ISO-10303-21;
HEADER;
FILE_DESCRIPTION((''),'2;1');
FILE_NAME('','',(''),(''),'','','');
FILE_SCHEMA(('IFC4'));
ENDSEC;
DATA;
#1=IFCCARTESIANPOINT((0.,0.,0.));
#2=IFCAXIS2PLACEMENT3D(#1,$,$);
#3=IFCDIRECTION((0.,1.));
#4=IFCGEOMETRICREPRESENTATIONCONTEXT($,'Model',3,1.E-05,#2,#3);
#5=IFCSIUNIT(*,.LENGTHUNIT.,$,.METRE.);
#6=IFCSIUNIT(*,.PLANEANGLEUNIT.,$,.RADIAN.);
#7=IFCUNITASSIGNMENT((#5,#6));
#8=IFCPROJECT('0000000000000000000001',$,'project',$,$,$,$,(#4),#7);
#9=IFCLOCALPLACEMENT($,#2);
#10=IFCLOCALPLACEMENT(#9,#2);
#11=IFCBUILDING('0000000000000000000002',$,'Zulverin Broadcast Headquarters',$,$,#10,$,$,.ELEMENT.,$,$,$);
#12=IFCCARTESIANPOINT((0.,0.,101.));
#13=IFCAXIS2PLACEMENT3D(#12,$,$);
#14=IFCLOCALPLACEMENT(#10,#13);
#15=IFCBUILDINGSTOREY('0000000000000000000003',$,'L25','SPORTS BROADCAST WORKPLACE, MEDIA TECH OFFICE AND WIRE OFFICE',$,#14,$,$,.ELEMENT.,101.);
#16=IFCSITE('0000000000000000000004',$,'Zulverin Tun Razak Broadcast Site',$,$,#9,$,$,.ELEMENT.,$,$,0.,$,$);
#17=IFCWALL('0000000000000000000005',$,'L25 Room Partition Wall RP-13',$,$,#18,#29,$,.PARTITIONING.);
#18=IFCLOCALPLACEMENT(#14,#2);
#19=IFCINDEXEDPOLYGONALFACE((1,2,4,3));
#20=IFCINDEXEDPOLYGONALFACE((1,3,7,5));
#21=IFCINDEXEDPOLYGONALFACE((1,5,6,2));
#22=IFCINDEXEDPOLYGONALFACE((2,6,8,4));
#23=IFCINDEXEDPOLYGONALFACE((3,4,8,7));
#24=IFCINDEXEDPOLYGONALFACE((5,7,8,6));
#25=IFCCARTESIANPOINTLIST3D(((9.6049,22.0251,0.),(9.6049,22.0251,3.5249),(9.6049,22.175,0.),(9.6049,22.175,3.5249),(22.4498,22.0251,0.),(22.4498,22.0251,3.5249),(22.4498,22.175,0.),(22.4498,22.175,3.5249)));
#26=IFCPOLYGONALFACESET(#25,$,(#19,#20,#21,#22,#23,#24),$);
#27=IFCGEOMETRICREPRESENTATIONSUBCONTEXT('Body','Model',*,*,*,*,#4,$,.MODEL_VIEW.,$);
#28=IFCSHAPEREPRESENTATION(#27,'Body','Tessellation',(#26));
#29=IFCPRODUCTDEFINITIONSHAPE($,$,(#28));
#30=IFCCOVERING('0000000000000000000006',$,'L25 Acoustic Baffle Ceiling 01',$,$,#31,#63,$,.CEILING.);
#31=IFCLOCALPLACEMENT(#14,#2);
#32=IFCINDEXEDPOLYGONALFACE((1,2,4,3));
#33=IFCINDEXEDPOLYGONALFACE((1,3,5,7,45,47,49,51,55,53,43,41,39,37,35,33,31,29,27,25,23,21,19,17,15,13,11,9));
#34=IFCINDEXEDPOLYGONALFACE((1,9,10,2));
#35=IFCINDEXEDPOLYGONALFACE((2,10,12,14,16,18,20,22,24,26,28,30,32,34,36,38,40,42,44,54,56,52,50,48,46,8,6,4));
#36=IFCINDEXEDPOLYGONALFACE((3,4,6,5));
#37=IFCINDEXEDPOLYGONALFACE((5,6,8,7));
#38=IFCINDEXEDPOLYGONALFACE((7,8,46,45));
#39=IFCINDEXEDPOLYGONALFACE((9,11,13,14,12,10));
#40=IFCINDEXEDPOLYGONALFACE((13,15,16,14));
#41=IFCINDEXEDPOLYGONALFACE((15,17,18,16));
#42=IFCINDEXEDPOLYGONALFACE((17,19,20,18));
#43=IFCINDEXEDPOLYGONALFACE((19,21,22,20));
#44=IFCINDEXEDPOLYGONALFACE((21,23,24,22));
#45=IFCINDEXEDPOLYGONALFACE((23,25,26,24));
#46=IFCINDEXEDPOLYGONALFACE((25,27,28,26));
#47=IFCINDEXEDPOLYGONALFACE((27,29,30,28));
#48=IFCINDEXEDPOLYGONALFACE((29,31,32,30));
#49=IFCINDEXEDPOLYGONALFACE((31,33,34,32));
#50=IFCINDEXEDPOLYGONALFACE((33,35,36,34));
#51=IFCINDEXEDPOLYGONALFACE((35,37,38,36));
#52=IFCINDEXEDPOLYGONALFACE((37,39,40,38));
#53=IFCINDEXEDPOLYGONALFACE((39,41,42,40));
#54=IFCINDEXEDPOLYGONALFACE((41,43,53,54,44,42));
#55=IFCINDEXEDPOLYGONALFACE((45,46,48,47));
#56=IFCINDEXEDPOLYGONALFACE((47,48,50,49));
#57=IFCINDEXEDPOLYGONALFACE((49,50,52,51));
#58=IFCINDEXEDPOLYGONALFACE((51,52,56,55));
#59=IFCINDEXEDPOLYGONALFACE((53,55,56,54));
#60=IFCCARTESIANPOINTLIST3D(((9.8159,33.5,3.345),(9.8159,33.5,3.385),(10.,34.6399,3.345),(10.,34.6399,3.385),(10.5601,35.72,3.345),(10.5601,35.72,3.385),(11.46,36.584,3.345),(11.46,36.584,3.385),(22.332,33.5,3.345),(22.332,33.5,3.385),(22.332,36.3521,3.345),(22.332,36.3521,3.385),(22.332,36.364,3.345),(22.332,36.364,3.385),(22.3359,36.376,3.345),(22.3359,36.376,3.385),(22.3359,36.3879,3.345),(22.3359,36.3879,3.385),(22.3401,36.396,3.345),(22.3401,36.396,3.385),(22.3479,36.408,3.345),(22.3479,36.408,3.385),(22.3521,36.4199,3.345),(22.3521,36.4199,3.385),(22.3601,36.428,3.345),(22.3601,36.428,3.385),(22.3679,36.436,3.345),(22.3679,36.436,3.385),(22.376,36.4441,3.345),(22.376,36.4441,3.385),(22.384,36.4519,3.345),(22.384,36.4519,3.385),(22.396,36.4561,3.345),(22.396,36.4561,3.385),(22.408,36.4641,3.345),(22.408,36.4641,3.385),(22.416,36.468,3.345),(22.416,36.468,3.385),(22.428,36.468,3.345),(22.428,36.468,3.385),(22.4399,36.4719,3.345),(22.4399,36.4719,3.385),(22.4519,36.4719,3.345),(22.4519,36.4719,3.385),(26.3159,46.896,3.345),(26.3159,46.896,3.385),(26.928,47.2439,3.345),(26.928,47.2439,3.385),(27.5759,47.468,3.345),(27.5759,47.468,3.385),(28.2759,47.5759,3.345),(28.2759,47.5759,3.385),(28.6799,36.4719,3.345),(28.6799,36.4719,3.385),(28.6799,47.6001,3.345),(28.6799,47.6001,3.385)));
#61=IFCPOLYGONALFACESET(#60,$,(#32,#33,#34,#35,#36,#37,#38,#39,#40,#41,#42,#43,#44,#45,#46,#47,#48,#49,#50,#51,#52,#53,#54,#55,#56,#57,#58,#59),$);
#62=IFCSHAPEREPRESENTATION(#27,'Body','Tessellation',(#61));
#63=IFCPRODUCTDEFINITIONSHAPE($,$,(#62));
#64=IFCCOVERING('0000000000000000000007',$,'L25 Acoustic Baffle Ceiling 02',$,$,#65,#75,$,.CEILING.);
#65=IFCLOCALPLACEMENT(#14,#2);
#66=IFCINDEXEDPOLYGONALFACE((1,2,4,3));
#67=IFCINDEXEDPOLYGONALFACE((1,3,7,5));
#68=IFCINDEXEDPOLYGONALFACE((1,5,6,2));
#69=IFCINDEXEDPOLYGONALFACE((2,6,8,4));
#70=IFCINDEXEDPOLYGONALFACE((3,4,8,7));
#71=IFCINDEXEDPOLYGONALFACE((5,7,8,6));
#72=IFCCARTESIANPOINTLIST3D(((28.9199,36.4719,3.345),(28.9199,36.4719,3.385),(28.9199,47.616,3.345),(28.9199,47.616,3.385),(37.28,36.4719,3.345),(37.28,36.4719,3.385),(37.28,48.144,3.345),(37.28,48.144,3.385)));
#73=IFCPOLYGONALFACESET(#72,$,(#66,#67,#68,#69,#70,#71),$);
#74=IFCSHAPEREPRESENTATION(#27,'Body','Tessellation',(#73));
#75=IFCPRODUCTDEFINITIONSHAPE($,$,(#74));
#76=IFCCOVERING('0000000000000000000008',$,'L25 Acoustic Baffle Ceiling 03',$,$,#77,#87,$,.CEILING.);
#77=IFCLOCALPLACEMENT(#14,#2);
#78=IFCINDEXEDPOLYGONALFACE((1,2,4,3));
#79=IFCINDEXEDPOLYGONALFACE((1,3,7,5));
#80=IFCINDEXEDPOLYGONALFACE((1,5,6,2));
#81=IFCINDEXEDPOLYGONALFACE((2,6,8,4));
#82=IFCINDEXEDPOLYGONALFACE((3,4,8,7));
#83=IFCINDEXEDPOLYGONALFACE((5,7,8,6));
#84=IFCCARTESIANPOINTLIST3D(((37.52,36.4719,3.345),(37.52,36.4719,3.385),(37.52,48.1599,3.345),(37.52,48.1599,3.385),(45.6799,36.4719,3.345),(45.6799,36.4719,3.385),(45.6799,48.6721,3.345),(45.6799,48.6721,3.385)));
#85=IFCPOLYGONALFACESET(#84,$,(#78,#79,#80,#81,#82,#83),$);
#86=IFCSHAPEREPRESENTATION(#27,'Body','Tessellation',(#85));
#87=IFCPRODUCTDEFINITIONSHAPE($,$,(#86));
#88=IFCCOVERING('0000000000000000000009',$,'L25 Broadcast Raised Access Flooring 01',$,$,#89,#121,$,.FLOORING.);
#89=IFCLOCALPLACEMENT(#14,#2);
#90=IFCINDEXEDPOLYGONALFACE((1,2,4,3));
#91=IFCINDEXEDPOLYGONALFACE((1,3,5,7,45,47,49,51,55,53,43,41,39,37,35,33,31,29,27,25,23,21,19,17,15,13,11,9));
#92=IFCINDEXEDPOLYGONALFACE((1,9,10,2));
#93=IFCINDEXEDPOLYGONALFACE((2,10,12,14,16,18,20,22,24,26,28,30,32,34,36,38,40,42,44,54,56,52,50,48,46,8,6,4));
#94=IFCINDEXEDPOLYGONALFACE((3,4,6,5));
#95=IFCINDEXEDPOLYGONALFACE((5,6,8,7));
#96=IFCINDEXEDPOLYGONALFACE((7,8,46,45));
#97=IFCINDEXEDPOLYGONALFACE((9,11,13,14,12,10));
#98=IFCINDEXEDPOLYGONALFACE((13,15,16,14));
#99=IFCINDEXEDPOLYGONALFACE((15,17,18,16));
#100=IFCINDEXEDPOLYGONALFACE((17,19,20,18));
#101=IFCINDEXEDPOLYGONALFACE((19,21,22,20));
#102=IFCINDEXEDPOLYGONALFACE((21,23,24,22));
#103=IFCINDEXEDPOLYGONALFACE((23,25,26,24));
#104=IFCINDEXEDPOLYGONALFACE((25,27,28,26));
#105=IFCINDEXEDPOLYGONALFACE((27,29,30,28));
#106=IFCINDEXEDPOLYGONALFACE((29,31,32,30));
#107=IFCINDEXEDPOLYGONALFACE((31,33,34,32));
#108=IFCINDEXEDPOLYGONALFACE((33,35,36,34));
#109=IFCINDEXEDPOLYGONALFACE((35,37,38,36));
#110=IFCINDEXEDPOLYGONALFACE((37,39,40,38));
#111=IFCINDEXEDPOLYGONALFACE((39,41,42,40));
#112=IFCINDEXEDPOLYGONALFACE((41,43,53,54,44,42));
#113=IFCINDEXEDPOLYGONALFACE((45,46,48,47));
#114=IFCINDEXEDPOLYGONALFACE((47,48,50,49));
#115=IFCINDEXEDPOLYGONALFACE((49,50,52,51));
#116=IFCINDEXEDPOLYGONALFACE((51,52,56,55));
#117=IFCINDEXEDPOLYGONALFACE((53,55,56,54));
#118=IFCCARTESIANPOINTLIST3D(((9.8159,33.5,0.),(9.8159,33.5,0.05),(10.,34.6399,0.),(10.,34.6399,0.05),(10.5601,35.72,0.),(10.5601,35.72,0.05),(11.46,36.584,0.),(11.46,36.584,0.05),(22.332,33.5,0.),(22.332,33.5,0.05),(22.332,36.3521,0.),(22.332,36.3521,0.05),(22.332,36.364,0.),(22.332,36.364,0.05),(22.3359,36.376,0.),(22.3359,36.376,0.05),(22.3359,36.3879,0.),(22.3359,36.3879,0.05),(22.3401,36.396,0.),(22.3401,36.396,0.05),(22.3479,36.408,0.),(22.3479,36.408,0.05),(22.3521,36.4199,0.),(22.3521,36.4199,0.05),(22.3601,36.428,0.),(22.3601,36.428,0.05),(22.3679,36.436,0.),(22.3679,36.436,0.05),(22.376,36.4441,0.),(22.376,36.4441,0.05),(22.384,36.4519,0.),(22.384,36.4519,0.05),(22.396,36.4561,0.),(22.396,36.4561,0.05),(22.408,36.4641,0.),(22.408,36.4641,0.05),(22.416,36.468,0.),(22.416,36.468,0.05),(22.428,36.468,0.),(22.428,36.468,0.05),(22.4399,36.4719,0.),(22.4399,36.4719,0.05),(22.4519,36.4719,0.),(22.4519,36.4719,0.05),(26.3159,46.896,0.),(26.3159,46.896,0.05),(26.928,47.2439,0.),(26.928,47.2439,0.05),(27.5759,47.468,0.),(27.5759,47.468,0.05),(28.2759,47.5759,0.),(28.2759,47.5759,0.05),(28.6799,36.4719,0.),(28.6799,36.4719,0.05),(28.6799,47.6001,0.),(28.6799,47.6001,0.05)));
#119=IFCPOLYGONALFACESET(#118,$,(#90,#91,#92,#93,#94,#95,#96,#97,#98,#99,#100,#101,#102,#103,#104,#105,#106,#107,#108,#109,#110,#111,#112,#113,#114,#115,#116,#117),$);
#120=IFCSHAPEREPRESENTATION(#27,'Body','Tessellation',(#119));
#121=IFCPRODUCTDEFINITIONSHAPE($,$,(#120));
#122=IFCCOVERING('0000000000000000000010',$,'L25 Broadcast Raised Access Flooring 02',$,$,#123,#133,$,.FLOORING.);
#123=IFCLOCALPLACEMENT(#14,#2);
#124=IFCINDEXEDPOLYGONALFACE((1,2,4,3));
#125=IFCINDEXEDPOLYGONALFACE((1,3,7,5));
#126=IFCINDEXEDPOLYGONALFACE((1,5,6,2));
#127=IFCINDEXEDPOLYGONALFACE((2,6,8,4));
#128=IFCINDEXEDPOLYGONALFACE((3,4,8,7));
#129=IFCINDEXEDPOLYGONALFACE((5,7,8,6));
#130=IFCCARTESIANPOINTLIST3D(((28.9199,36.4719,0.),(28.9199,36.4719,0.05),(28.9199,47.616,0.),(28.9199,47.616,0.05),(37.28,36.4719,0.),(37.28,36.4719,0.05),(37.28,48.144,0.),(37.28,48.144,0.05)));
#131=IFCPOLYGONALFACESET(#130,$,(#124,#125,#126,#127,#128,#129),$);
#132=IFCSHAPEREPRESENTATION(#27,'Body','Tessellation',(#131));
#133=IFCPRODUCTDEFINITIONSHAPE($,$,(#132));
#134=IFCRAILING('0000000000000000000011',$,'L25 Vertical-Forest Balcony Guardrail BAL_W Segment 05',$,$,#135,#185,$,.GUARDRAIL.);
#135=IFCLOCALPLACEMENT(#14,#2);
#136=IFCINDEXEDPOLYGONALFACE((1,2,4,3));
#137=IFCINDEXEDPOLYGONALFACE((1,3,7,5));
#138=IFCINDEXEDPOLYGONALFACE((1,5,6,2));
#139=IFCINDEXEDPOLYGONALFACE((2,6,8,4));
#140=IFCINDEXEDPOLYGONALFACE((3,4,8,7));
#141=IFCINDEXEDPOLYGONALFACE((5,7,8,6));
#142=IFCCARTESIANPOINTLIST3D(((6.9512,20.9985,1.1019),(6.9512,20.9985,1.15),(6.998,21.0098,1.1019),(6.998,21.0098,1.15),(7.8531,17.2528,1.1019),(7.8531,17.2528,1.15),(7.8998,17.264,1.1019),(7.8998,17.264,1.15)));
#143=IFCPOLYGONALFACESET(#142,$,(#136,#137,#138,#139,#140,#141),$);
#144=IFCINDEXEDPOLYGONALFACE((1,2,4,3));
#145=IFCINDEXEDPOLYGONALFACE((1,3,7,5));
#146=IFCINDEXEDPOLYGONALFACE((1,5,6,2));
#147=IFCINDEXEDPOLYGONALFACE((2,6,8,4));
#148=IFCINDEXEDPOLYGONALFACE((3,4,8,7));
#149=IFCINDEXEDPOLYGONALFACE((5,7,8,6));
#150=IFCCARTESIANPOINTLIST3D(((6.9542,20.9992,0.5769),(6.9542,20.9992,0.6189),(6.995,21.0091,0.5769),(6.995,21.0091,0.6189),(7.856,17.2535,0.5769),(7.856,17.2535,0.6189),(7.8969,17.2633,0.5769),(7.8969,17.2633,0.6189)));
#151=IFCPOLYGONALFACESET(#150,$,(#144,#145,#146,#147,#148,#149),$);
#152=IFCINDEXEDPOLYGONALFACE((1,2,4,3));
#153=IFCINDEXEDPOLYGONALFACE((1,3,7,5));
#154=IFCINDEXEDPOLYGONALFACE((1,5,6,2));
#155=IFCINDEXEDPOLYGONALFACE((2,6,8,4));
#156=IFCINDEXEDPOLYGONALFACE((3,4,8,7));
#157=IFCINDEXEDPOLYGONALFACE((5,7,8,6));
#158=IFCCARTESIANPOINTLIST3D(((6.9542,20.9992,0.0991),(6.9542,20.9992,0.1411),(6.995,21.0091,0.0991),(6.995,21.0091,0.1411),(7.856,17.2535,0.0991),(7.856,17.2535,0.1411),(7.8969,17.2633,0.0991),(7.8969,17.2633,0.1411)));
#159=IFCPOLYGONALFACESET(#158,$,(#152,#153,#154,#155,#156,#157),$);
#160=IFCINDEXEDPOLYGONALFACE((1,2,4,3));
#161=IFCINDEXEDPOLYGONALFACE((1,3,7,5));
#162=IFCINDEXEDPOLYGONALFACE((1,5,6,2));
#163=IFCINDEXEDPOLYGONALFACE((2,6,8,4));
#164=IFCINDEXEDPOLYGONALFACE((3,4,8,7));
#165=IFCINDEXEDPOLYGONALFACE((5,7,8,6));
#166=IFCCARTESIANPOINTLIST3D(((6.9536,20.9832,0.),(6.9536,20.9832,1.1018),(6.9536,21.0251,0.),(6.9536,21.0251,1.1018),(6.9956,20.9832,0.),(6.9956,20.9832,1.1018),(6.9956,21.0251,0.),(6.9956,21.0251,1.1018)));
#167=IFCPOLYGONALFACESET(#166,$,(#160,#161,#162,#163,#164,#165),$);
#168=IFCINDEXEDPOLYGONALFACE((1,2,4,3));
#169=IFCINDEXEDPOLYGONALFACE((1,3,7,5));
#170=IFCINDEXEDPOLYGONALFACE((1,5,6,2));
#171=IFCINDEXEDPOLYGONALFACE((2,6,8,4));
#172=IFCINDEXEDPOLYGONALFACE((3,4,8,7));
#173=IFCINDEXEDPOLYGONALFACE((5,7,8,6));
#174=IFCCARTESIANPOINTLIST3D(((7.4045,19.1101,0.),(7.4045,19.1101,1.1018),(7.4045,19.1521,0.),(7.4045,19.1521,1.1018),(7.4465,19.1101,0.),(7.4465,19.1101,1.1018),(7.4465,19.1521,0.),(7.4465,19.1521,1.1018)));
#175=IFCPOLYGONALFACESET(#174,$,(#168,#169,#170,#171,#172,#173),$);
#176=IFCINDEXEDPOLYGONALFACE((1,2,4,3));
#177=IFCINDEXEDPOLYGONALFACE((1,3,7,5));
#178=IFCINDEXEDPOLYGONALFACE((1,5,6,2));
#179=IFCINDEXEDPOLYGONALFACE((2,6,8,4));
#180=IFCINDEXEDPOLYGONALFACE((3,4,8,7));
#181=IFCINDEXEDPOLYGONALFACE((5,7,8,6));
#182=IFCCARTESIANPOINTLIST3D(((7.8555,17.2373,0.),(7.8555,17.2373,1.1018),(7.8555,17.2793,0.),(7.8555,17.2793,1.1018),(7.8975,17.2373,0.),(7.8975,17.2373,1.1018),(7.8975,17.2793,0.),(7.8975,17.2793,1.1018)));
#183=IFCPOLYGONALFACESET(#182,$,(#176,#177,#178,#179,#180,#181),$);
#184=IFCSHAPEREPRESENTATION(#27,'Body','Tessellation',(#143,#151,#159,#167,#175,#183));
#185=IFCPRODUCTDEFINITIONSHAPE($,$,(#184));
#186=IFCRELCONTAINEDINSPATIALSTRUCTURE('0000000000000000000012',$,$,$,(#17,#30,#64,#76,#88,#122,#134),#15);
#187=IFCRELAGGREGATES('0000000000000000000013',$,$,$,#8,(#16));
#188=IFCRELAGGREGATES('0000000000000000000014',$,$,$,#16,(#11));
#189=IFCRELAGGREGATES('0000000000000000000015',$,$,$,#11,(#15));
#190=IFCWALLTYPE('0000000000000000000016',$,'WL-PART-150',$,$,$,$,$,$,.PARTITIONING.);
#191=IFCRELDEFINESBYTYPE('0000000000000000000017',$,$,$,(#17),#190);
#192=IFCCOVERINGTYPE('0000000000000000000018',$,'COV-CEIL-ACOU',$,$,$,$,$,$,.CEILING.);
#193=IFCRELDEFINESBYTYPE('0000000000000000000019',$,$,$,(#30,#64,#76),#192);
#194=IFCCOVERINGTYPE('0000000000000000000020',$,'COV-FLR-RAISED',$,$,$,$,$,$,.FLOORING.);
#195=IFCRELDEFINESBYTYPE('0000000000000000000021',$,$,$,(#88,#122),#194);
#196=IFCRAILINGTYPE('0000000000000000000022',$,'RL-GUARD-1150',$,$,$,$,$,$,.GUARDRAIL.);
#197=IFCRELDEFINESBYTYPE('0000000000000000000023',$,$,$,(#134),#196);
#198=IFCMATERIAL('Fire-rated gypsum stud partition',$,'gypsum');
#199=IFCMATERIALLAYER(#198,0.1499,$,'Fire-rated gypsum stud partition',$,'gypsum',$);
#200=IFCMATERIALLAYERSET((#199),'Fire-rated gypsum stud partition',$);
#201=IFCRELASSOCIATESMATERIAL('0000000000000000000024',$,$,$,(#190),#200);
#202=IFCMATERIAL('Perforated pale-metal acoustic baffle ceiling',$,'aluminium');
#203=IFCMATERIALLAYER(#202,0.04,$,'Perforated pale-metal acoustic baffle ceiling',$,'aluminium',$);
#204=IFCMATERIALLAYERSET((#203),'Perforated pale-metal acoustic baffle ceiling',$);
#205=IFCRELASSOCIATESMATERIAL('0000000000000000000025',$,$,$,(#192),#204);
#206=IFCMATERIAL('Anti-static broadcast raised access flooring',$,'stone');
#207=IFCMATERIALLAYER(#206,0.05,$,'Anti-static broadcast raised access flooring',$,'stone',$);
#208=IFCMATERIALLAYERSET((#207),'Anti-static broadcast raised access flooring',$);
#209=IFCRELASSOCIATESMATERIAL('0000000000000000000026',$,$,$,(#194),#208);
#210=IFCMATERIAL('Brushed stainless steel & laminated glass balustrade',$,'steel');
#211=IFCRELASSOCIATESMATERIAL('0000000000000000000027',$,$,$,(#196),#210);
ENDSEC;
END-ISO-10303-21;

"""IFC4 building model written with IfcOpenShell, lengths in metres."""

from ifc_helpers import new_model, si_unit, direction, frame, frame_2d, origin, origin_2d, place, context, subcontext, project, spatial, polyline, rectangle, outline, extrude, material, layer, layer_set, type_object, element, save


model = new_model("IFC4")

# Units and contexts
model_context = context("Model", 3, precision=1e-05, world=origin(), true_north=direction((0.0, 1.0)))
body_context = subcontext(model_context, "Body", "Model", "MODEL_VIEW")
ifc_project = project(units=[si_unit("LENGTHUNIT", "METRE"), si_unit("PLANEANGLEUNIT", "RADIAN")], contexts=[model_context])

# Site, building, storey
site_placement = place(None, origin())
site = spatial("IfcSite", under=ifc_project, at=site_placement, Name="Zulverin Tun Razak Broadcast Site", CompositionType="ELEMENT", RefElevation=0.0)
building_placement = place(site_placement, origin())
building = spatial("IfcBuilding", under=site, at=building_placement, Name="Zulverin Broadcast Headquarters", CompositionType="ELEMENT")
storey_placement = place(building_placement, frame((0.0, 0.0, 101.0)))
storey = spatial("IfcBuildingStorey", under=building, at=storey_placement, Name="L25", Description="SPORTS BROADCAST WORKPLACE, MEDIA TECH OFFICE AND WIRE OFFICE", CompositionType="ELEMENT", Elevation=101.0)

# Wall
ifc_material_1 = material(Name="Fire-rated gypsum stud partition", Category="gypsum")
ifc_layer_1 = layer(ifc_material_1, 0.1499, Name="Fire-rated gypsum stud partition", Category="gypsum")
ifc_layer_set_1 = layer_set([ifc_layer_1], Name="Fire-rated gypsum stud partition")
wall_type_1 = type_object("IfcWallType", Name="WL-PART-150", PredefinedType="PARTITIONING", material=ifc_layer_set_1)
wall_1_placement = place(storey_placement, frame((9.605, 22.1001, 0.0), z_axis=(0.0, 0.0, 1.0), x_axis=(1.0, 0.0, 0.0)))
element("IfcWall", 1, at=wall_1_placement, inside=storey, type_object=wall_type_1, Name="L25 Room Partition Wall RP-13", PredefinedType="PARTITIONING", context=body_context, shape_type="SweptSolid", body=[
    extrude(rectangle(XDim=12.845, YDim=0.1499, at=frame_2d((6.4224, 0.0))), origin(), (0.0, 0.0, 1.0), 3.5249),
])

# Coverings
ifc_material_2 = material(Name="Perforated pale-metal acoustic baffle ceiling", Category="aluminium")
ifc_layer_2 = layer(ifc_material_2, 0.04, Name="Perforated pale-metal acoustic baffle ceiling", Category="aluminium")
ifc_layer_set_2 = layer_set([ifc_layer_2], Name="Perforated pale-metal acoustic baffle ceiling")
covering_type_1 = type_object("IfcCoveringType", Name="COV-CEIL-ACOU", PredefinedType="CEILING", material=ifc_layer_set_2)
covering_1_placement = place(storey_placement, frame((0.0, 0.0, 3.345)))
element("IfcCovering", 2, at=covering_1_placement, inside=storey, type_object=covering_type_1, Name="L25 Acoustic Baffle Ceiling 01", PredefinedType="CEILING", context=body_context, shape_type="SweptSolid", body=[
    extrude(outline(polyline([(11.46, 36.584), (10.5601, 35.72), (10.0, 34.6399), (9.8159, 33.5), (22.332, 33.5), (22.332, 36.3521), (22.332, 36.364), (22.3359, 36.376), (22.3359, 36.3879), (22.3401, 36.396), (22.3479, 36.408), (22.3521, 36.4199), (22.3601, 36.428), (22.3679, 36.436), (22.376, 36.4441), (22.384, 36.4519), (22.396, 36.4561), (22.408, 36.4641), (22.416, 36.468), (22.428, 36.468), (22.4399, 36.4719), (22.4519, 36.4719), (28.6799, 36.4719), (28.6799, 47.6001), (28.2759, 47.5759), (27.5759, 47.468), (26.928, 47.2439), (26.3159, 46.896), (11.46, 36.584)])), origin(), (0.0, 0.0, 1.0), 0.04),
])
covering_2_placement = place(storey_placement, frame((0.0, 0.0, 3.345)))
element("IfcCovering", 3, at=covering_2_placement, inside=storey, type_object=covering_type_1, Name="L25 Acoustic Baffle Ceiling 02", PredefinedType="CEILING", context=body_context, shape_type="SweptSolid", body=[
    extrude(outline(polyline([(37.28, 36.4719), (37.28, 48.144), (28.9199, 47.616), (28.9199, 36.4719), (37.28, 36.4719)])), origin(), (0.0, 0.0, 1.0), 0.04),
])
covering_3_placement = place(storey_placement, frame((0.0, 0.0, 3.345)))
element("IfcCovering", 4, at=covering_3_placement, inside=storey, type_object=covering_type_1, Name="L25 Acoustic Baffle Ceiling 03", PredefinedType="CEILING", context=body_context, shape_type="SweptSolid", body=[
    extrude(outline(polyline([(45.6799, 36.4719), (45.6799, 48.6721), (37.52, 48.1599), (37.52, 36.4719), (45.6799, 36.4719)])), origin(), (0.0, 0.0, 1.0), 0.04),
])
ifc_material_3 = material(Name="Anti-static broadcast raised access flooring", Category="stone")
ifc_layer_3 = layer(ifc_material_3, 0.05, Name="Anti-static broadcast raised access flooring", Category="stone")
ifc_layer_set_3 = layer_set([ifc_layer_3], Name="Anti-static broadcast raised access flooring")
covering_type_2 = type_object("IfcCoveringType", Name="COV-FLR-RAISED", PredefinedType="FLOORING", material=ifc_layer_set_3)
covering_4_placement = place(storey_placement, origin())
element("IfcCovering", 5, at=covering_4_placement, inside=storey, type_object=covering_type_2, Name="L25 Broadcast Raised Access Flooring 01", PredefinedType="FLOORING", context=body_context, shape_type="SweptSolid", body=[
    extrude(outline(polyline([(11.46, 36.584), (10.5601, 35.72), (10.0, 34.6399), (9.8159, 33.5), (22.332, 33.5), (22.332, 36.3521), (22.332, 36.364), (22.3359, 36.376), (22.3359, 36.3879), (22.3401, 36.396), (22.3479, 36.408), (22.3521, 36.4199), (22.3601, 36.428), (22.3679, 36.436), (22.376, 36.4441), (22.384, 36.4519), (22.396, 36.4561), (22.408, 36.4641), (22.416, 36.468), (22.428, 36.468), (22.4399, 36.4719), (22.4519, 36.4719), (28.6799, 36.4719), (28.6799, 47.6001), (28.2759, 47.5759), (27.5759, 47.468), (26.928, 47.2439), (26.3159, 46.896), (11.46, 36.584)])), origin(), (0.0, 0.0, 1.0), 0.05),
])
covering_5_placement = place(storey_placement, origin())
element("IfcCovering", 6, at=covering_5_placement, inside=storey, type_object=covering_type_2, Name="L25 Broadcast Raised Access Flooring 02", PredefinedType="FLOORING", context=body_context, shape_type="SweptSolid", body=[
    extrude(outline(polyline([(37.28, 36.4719), (37.28, 48.144), (28.9199, 47.616), (28.9199, 36.4719), (37.28, 36.4719)])), origin(), (0.0, 0.0, 1.0), 0.05),
])

# Railing
ifc_material_4 = material(Name="Brushed stainless steel & laminated glass balustrade", Category="steel")
railing_type = type_object("IfcRailingType", Name="RL-GUARD-1150", PredefinedType="GUARDRAIL", material=ifc_material_4)
railing_1_placement = place(storey_placement, frame((6.9746, 21.0042, 0.0)))
element("IfcRailing", 7, at=railing_1_placement, inside=storey, type_object=railing_type, Name="L25 Vertical-Forest Balcony Guardrail BAL_W Segment 05", PredefinedType="GUARDRAIL", context=body_context, shape_type="SweptSolid", body=[
    extrude(rectangle(XDim=0.0481, YDim=0.0481, at=origin_2d()), frame((0.0, 0.0, 1.126), z_axis=(0.234073, -0.972219, 0.0), x_axis=(0.972219, 0.234073, 0.0)), (0.0, 0.0, 1.0), 3.8528),
    extrude(rectangle(XDim=0.042, YDim=0.042, at=origin_2d()), frame((0.0, 0.0, 0.5979), z_axis=(0.234073, -0.972219, 0.0), x_axis=(0.972219, 0.234073, 0.0)), (0.0, 0.0, 1.0), 3.8528),
    extrude(rectangle(XDim=0.042, YDim=0.042, at=origin_2d()), frame((0.0, 0.0, 0.1201), z_axis=(0.234073, -0.972219, 0.0), x_axis=(0.972219, 0.234073, 0.0)), (0.0, 0.0, 1.0), 3.8528),
    extrude(rectangle(XDim=0.042, YDim=0.042, at=origin_2d()), origin(), (0.0, 0.0, 1.0), 1.1018),
    extrude(rectangle(XDim=0.042, YDim=0.042, at=origin_2d()), frame((0.4509, -1.873, 0.0)), (0.0, 0.0, 1.0), 1.1018),
    extrude(rectangle(XDim=0.042, YDim=0.042, at=origin_2d()), frame((0.9019, -3.7458, 0.0)), (0.0, 0.0, 1.0), 1.1018),
])

save(model, "model.ifc")
